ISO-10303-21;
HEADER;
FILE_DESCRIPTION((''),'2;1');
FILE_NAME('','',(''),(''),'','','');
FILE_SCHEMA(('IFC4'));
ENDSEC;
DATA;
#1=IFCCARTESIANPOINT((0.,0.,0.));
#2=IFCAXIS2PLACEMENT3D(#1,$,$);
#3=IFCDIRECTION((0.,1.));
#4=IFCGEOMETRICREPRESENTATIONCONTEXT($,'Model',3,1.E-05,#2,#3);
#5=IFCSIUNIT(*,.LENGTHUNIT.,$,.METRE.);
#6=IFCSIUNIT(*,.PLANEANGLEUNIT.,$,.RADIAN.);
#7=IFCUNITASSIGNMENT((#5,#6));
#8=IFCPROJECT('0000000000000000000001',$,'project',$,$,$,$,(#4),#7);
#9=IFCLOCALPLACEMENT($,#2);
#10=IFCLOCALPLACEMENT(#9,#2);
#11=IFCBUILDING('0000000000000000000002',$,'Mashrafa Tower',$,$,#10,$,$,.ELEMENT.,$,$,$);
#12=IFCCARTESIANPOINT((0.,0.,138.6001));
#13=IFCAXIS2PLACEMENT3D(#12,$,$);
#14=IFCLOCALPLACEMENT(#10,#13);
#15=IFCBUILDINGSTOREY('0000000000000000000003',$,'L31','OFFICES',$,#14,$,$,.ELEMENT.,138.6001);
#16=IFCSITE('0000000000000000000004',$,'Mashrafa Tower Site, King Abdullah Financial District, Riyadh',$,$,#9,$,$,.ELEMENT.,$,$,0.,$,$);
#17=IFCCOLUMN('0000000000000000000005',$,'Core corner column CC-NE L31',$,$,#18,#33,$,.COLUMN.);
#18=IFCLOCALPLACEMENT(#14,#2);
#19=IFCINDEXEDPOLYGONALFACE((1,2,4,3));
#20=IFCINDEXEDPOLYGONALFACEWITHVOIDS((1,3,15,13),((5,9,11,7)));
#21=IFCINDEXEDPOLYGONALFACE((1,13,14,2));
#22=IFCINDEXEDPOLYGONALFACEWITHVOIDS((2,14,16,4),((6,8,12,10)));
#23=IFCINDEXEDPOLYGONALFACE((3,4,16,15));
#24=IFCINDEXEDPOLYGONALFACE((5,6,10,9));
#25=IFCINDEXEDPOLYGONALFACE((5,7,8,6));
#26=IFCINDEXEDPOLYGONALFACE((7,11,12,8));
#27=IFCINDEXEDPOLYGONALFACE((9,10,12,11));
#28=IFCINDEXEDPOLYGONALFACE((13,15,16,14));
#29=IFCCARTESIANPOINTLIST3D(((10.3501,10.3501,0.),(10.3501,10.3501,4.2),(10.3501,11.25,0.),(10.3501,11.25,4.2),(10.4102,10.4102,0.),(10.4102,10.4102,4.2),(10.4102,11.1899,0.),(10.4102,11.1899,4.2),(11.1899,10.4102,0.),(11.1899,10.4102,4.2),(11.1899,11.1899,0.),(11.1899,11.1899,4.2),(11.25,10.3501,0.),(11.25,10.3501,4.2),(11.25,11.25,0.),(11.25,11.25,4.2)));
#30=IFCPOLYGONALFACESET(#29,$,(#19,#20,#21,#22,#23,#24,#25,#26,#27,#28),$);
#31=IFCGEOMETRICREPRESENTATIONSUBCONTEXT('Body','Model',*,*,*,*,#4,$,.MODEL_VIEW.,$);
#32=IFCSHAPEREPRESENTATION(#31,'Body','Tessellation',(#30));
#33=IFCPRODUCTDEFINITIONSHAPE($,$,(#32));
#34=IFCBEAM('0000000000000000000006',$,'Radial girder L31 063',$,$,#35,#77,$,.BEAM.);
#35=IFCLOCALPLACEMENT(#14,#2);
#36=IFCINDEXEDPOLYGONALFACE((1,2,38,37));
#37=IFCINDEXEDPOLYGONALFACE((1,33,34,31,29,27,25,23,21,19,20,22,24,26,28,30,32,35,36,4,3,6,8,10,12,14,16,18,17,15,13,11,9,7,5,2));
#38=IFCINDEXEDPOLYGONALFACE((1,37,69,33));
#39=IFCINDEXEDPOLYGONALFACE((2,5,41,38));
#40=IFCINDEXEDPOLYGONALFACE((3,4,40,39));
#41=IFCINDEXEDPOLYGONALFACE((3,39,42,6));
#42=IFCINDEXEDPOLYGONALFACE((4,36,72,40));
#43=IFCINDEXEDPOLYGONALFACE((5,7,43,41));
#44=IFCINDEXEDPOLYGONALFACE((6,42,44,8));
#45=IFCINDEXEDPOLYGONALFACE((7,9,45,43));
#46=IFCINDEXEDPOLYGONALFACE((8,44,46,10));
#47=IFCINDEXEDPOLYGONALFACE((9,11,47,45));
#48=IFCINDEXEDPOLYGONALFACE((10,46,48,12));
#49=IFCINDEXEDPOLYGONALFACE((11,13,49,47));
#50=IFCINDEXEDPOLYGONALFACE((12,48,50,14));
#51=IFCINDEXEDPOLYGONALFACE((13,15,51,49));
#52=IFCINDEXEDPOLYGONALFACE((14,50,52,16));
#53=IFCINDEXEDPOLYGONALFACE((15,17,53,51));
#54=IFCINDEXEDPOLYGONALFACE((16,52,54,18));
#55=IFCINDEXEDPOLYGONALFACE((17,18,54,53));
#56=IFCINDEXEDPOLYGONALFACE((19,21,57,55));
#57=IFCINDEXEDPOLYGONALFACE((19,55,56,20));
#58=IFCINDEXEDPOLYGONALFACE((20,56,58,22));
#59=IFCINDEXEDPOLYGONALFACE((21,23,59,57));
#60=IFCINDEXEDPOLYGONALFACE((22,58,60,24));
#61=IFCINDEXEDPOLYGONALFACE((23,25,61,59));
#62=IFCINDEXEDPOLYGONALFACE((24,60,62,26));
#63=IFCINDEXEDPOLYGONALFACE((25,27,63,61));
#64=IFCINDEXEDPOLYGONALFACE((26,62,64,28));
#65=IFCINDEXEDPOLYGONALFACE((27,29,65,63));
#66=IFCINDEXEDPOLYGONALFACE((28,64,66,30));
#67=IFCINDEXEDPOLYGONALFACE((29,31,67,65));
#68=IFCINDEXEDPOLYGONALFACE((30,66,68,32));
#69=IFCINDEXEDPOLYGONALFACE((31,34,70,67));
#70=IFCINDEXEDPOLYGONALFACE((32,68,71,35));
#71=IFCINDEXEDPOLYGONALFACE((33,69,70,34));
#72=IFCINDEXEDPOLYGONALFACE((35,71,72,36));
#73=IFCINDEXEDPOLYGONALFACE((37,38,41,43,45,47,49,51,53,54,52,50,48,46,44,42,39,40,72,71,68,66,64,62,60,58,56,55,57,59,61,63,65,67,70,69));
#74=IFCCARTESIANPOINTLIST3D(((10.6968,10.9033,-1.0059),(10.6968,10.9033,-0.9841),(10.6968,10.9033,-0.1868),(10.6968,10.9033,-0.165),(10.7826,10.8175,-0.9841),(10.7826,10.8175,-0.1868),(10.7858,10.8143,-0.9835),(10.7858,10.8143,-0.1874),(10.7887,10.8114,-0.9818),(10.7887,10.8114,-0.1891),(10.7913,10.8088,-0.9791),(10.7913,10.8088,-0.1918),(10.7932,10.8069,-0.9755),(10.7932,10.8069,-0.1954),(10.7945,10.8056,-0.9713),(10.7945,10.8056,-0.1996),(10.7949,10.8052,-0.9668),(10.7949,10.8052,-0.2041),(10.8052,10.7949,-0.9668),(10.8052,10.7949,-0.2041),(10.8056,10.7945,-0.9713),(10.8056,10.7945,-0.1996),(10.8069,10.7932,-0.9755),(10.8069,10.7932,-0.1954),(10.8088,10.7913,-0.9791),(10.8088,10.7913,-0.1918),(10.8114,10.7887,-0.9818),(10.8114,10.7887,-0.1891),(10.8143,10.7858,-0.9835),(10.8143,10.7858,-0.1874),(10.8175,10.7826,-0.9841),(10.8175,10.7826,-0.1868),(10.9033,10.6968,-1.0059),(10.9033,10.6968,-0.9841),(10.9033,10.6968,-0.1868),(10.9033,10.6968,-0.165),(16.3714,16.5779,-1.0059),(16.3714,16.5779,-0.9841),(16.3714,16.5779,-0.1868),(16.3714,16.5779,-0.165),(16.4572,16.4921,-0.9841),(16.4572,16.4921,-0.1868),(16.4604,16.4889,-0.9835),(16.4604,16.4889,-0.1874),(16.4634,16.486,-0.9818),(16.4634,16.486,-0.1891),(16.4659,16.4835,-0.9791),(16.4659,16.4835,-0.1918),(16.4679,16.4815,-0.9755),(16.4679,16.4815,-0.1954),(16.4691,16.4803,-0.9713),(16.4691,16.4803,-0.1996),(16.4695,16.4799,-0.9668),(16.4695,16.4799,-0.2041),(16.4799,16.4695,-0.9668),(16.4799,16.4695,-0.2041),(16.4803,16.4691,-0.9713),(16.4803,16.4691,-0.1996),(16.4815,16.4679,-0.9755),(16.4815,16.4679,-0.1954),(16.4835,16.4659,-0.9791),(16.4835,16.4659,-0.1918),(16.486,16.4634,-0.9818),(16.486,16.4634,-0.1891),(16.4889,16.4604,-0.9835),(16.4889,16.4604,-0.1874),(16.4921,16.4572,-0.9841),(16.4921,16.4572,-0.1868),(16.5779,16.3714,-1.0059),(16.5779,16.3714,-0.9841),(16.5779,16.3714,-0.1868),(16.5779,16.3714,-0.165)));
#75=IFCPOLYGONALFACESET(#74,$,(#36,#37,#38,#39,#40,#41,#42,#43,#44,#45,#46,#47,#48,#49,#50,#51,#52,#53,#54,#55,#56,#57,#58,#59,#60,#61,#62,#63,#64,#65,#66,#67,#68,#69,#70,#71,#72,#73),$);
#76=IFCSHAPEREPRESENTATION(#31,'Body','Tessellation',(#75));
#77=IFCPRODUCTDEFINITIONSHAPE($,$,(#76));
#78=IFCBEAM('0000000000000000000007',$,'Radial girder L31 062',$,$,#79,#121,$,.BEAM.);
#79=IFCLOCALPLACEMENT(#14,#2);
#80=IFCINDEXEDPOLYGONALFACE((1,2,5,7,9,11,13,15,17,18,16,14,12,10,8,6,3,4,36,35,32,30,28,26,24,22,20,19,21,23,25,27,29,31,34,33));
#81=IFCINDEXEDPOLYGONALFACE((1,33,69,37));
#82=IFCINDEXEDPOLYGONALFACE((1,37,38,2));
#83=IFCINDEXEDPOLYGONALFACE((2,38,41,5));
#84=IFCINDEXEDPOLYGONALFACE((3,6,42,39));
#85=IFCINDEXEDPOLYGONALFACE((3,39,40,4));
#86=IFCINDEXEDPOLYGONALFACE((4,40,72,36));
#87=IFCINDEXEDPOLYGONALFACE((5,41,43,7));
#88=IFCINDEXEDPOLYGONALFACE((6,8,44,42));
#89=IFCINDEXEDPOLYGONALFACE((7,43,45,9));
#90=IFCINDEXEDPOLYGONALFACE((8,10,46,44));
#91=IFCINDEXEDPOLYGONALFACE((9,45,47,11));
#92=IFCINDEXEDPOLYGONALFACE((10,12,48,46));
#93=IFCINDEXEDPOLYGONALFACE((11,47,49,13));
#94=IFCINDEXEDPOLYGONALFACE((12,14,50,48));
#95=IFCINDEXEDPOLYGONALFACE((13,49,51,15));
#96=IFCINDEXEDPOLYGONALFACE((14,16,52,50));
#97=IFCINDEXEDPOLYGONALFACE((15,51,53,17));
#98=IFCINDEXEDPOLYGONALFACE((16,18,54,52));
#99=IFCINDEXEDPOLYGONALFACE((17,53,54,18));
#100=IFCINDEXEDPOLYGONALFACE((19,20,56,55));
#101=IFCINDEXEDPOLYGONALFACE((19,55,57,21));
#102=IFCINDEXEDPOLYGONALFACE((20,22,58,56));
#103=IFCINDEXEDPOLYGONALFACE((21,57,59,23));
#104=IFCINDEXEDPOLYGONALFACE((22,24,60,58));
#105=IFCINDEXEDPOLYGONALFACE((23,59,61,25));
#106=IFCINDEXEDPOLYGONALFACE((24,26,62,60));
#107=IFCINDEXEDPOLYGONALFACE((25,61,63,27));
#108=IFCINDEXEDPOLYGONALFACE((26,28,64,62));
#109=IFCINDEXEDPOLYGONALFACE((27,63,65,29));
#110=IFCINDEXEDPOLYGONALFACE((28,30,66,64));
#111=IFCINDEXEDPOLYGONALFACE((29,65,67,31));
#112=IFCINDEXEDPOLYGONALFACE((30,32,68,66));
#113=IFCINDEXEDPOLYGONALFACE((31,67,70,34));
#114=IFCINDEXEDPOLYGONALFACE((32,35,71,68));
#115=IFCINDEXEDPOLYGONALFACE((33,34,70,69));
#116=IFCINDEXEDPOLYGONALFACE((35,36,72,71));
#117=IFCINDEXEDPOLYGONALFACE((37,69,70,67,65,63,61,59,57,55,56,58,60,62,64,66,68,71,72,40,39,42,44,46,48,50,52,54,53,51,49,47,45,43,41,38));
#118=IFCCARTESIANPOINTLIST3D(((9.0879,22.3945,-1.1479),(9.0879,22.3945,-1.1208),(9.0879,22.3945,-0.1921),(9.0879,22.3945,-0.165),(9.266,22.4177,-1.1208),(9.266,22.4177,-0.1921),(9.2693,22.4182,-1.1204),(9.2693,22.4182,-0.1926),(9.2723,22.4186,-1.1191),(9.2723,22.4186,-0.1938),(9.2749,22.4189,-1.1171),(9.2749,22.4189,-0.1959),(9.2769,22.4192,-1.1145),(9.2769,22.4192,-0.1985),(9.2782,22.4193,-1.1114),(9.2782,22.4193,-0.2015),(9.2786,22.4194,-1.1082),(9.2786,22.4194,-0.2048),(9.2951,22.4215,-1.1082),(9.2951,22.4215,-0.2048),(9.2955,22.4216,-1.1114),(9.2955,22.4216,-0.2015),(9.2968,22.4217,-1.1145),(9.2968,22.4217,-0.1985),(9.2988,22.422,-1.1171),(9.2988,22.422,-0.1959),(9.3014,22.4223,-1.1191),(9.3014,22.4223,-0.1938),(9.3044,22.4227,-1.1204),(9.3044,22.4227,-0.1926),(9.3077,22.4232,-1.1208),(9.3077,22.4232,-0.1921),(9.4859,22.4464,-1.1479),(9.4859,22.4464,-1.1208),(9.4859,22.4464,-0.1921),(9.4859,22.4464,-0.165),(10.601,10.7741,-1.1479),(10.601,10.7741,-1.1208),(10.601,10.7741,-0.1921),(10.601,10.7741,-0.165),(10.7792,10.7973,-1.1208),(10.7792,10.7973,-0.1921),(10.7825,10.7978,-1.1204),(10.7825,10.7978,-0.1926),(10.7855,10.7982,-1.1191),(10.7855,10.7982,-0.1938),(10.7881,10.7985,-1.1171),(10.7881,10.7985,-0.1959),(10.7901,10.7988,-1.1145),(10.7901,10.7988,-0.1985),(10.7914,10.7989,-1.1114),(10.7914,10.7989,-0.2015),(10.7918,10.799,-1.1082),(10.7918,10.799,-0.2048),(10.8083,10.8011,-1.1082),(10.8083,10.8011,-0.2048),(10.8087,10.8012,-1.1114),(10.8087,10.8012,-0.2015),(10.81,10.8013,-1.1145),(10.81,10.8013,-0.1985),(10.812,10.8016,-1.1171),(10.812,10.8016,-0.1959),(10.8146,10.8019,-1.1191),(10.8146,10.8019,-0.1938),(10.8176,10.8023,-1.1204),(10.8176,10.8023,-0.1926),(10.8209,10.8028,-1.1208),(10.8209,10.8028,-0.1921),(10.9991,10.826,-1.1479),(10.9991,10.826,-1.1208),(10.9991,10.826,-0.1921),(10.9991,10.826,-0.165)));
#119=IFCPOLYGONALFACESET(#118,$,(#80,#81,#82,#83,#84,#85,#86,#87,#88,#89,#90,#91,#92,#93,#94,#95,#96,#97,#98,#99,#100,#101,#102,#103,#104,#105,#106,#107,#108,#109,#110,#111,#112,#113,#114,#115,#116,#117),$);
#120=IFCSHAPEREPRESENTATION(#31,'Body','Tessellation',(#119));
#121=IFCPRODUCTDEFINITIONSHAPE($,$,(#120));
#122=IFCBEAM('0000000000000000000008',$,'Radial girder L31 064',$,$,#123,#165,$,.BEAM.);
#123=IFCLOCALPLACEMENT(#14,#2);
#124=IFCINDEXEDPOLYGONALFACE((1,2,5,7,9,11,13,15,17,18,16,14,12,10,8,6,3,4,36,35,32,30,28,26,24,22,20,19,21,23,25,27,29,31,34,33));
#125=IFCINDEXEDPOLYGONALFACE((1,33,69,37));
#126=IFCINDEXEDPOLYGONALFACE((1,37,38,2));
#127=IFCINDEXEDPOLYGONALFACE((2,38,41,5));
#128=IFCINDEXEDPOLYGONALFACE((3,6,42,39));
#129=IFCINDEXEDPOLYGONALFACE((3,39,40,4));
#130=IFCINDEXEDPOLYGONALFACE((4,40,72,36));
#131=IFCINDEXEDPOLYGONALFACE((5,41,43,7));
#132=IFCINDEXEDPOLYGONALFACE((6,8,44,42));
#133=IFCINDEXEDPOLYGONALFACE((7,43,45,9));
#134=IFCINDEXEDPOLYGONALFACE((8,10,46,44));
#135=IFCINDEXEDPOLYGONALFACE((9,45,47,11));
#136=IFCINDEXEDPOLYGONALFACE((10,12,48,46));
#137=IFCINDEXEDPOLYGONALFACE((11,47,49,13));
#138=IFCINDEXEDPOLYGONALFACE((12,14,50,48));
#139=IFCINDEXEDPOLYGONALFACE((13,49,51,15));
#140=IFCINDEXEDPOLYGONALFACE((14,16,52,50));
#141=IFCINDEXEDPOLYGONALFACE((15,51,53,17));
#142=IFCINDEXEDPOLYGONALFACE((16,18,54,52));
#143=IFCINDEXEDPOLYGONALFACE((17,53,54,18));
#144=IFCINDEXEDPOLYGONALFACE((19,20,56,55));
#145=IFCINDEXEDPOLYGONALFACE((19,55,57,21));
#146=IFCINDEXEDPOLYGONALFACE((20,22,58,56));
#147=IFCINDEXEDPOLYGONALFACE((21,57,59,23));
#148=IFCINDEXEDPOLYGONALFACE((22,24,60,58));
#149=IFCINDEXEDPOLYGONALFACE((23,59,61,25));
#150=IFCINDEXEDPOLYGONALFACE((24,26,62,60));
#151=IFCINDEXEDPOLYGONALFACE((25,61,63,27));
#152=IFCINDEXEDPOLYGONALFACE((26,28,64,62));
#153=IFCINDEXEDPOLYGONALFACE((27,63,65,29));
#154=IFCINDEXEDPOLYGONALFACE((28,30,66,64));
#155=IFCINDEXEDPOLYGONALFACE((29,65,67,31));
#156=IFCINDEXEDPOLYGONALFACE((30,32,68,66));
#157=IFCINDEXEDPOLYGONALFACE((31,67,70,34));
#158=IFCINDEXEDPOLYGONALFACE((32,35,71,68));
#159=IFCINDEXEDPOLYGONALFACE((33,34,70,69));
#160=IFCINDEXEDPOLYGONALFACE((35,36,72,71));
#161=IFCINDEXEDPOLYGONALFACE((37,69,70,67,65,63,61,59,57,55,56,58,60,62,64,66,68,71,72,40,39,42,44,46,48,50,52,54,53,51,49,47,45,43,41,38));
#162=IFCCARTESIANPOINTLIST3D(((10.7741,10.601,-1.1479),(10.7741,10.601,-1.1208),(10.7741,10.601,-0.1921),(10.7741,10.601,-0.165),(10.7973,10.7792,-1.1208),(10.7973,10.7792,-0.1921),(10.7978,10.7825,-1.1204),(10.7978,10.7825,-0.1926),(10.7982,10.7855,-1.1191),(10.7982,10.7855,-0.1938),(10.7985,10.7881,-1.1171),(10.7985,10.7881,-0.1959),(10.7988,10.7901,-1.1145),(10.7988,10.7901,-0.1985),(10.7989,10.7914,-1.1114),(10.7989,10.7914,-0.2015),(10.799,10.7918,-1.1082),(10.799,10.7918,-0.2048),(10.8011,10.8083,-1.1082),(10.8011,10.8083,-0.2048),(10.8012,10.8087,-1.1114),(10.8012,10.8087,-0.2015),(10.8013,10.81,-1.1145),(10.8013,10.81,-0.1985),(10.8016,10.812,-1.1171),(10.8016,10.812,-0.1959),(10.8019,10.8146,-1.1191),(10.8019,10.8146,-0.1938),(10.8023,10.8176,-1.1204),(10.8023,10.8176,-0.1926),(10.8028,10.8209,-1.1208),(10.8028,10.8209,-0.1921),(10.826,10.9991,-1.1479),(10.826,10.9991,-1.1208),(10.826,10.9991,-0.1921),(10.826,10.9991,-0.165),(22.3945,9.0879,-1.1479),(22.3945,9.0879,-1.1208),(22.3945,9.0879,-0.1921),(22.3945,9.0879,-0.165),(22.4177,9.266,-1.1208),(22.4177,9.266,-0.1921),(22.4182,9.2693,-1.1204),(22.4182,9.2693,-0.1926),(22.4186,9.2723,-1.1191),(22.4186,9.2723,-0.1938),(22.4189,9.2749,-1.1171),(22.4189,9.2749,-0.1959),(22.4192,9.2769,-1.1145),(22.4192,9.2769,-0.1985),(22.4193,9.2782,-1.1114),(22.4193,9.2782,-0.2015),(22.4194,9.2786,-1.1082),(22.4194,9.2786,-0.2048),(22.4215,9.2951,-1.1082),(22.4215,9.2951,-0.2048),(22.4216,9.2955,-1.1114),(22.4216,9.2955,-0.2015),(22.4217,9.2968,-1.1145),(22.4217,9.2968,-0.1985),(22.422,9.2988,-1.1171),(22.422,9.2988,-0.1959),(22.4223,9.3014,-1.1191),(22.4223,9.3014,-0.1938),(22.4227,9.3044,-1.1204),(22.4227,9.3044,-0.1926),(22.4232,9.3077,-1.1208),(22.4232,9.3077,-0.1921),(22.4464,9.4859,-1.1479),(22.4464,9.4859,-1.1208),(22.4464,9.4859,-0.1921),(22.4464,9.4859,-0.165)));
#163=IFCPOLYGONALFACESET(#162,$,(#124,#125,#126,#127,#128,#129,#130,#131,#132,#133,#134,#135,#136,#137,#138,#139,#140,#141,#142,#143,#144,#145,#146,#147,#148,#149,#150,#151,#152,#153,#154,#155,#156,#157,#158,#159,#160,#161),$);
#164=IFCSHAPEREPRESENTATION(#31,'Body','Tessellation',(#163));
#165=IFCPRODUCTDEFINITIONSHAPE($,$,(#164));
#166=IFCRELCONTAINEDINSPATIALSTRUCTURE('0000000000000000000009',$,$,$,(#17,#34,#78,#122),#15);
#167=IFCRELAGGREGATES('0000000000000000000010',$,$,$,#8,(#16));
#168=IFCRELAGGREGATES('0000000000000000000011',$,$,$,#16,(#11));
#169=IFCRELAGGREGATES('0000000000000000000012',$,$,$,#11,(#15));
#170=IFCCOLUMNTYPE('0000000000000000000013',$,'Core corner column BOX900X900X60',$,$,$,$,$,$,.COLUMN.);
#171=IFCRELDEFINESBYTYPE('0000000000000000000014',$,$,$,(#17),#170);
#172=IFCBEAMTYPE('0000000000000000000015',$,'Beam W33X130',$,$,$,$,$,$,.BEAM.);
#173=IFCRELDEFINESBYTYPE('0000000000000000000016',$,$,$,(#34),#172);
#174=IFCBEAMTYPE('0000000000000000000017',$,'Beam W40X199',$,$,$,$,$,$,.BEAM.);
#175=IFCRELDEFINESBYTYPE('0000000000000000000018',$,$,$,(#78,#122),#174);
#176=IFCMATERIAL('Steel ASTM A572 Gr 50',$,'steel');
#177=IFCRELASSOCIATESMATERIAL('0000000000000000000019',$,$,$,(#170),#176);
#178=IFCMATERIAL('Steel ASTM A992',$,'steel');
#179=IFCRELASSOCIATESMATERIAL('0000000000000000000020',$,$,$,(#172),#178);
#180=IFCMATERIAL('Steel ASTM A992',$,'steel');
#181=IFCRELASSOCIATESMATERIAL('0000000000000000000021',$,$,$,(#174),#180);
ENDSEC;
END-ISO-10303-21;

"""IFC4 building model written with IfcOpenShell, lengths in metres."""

from ifc_helpers import new_model, si_unit, direction, frame, origin, origin_2d, place, context, subcontext, project, spatial, hollow_rectangle, i_section, extrude, material, material_profile, profile_set, type_object, element, save


model = new_model("IFC4")

# Units and contexts
model_context = context("Model", 3, precision=1e-05, world=origin(), true_north=direction((0.0, 1.0)))
body_context = subcontext(model_context, "Body", "Model", "MODEL_VIEW")
ifc_project = project(units=[si_unit("LENGTHUNIT", "METRE"), si_unit("PLANEANGLEUNIT", "RADIAN")], contexts=[model_context])

# Site, building, storey
site_placement = place(None, origin())
site = spatial("IfcSite", under=ifc_project, at=site_placement, Name="Mashrafa Tower Site, King Abdullah Financial District, Riyadh", CompositionType="ELEMENT", RefElevation=0.0)
building_placement = place(site_placement, origin())
building = spatial("IfcBuilding", under=site, at=building_placement, Name="Mashrafa Tower", CompositionType="ELEMENT")
storey_placement = place(building_placement, frame((0.0, 0.0, 138.6001)))
storey = spatial("IfcBuildingStorey", under=building, at=storey_placement, Name="L31", Description="OFFICES", CompositionType="ELEMENT", Elevation=138.6001)

# Column
ifc_material_1 = material(Name="Steel ASTM A572 Gr 50", Category="steel")
ifc_material_profile_1 = material_profile(ifc_material_1, hollow_rectangle(XDim=0.8999, YDim=0.8999, WallThickness=0.0601, at=origin_2d()), Name="BOX900X900X60")
ifc_profile_set_1 = profile_set([ifc_material_profile_1], Name="Steel ASTM A572 Gr 50")
column_type = type_object("IfcColumnType", Name="Core corner column BOX900X900X60", PredefinedType="COLUMN", material=ifc_profile_set_1)
column_placement = place(storey_placement, frame((10.8, 10.8, 0.0), z_axis=(0.0, 0.0, 1.0), x_axis=(1.0, 0.0, 0.0)))
element("IfcColumn", 1, at=column_placement, inside=storey, type_object=column_type, Name="Core corner column CC-NE L31", PredefinedType="COLUMN", context=body_context, shape_type="SweptSolid", body=[
    extrude(hollow_rectangle(XDim=0.8999, YDim=0.8999, WallThickness=0.0601, at=origin_2d()), origin(), (0.0, 0.0, 1.0), 4.2),
])

# Beams
ifc_material_2 = material(Name="Steel ASTM A992", Category="steel")
ifc_material_profile_2 = material_profile(ifc_material_2, i_section(OverallWidth=0.292, OverallDepth=0.8408, WebThickness=0.0146, FlangeThickness=0.0217, FilletRadius=0.0173, at=origin_2d()), Name="W33X130")
ifc_profile_set_2 = profile_set([ifc_material_profile_2], Name="Steel ASTM A992")
beam_type_1 = type_object("IfcBeamType", Name="Beam W33X130", PredefinedType="BEAM", material=ifc_profile_set_2)
beam_1_placement = place(storey_placement, frame((10.8, 10.8, -0.5854), z_axis=(0.707107, 0.707107, 0.0), x_axis=(-0.707107, 0.707107, 0.0)))
element("IfcBeam", 2, at=beam_1_placement, inside=storey, type_object=beam_type_1, Name="Radial girder L31 063", PredefinedType="BEAM", context=body_context, shape_type="SweptSolid", body=[
    extrude(i_section(OverallWidth=0.292, OverallDepth=0.8408, WebThickness=0.0146, FlangeThickness=0.0217, FilletRadius=0.0173, at=origin_2d()), origin(), (0.0, 0.0, 1.0), 8.0251),
])
ifc_material_3 = material(Name="Steel ASTM A992", Category="steel")
ifc_material_profile_3 = material_profile(ifc_material_3, i_section(OverallWidth=0.4014, OverallDepth=0.9829, WebThickness=0.0166, FlangeThickness=0.0271, FilletRadius=0.0127, at=origin_2d()), Name="W40X199")
ifc_profile_set_3 = profile_set([ifc_material_profile_3], Name="Steel ASTM A992")
beam_type_2 = type_object("IfcBeamType", Name="Beam W40X199", PredefinedType="BEAM", material=ifc_profile_set_3)
for number, where, z_axis, x_axis, name in (
    (3, (10.8, 10.8, -0.6565), (-0.129128, 0.991628, 0.0), (-0.991628, -0.129128, 0.0), "Radial girder L31 062"),
    (4, (10.8, 10.8, -0.6565), (0.991628, -0.129128, 0.0), (0.129128, 0.991628, 0.0), "Radial girder L31 064"),
):
    element("IfcBeam", number, at=place(storey_placement, frame(where, z_axis=z_axis, x_axis=x_axis)), inside=storey, type_object=beam_type_2, Name=name, PredefinedType="BEAM", context=body_context, shape_type="SweptSolid", body=[
        extrude(i_section(OverallWidth=0.4014, OverallDepth=0.9829, WebThickness=0.0166, FlangeThickness=0.0271, FilletRadius=0.0127, at=origin_2d()), origin(), (0.0, 0.0, 1.0), 11.7185),
    ])

save(model, "model.ifc")
